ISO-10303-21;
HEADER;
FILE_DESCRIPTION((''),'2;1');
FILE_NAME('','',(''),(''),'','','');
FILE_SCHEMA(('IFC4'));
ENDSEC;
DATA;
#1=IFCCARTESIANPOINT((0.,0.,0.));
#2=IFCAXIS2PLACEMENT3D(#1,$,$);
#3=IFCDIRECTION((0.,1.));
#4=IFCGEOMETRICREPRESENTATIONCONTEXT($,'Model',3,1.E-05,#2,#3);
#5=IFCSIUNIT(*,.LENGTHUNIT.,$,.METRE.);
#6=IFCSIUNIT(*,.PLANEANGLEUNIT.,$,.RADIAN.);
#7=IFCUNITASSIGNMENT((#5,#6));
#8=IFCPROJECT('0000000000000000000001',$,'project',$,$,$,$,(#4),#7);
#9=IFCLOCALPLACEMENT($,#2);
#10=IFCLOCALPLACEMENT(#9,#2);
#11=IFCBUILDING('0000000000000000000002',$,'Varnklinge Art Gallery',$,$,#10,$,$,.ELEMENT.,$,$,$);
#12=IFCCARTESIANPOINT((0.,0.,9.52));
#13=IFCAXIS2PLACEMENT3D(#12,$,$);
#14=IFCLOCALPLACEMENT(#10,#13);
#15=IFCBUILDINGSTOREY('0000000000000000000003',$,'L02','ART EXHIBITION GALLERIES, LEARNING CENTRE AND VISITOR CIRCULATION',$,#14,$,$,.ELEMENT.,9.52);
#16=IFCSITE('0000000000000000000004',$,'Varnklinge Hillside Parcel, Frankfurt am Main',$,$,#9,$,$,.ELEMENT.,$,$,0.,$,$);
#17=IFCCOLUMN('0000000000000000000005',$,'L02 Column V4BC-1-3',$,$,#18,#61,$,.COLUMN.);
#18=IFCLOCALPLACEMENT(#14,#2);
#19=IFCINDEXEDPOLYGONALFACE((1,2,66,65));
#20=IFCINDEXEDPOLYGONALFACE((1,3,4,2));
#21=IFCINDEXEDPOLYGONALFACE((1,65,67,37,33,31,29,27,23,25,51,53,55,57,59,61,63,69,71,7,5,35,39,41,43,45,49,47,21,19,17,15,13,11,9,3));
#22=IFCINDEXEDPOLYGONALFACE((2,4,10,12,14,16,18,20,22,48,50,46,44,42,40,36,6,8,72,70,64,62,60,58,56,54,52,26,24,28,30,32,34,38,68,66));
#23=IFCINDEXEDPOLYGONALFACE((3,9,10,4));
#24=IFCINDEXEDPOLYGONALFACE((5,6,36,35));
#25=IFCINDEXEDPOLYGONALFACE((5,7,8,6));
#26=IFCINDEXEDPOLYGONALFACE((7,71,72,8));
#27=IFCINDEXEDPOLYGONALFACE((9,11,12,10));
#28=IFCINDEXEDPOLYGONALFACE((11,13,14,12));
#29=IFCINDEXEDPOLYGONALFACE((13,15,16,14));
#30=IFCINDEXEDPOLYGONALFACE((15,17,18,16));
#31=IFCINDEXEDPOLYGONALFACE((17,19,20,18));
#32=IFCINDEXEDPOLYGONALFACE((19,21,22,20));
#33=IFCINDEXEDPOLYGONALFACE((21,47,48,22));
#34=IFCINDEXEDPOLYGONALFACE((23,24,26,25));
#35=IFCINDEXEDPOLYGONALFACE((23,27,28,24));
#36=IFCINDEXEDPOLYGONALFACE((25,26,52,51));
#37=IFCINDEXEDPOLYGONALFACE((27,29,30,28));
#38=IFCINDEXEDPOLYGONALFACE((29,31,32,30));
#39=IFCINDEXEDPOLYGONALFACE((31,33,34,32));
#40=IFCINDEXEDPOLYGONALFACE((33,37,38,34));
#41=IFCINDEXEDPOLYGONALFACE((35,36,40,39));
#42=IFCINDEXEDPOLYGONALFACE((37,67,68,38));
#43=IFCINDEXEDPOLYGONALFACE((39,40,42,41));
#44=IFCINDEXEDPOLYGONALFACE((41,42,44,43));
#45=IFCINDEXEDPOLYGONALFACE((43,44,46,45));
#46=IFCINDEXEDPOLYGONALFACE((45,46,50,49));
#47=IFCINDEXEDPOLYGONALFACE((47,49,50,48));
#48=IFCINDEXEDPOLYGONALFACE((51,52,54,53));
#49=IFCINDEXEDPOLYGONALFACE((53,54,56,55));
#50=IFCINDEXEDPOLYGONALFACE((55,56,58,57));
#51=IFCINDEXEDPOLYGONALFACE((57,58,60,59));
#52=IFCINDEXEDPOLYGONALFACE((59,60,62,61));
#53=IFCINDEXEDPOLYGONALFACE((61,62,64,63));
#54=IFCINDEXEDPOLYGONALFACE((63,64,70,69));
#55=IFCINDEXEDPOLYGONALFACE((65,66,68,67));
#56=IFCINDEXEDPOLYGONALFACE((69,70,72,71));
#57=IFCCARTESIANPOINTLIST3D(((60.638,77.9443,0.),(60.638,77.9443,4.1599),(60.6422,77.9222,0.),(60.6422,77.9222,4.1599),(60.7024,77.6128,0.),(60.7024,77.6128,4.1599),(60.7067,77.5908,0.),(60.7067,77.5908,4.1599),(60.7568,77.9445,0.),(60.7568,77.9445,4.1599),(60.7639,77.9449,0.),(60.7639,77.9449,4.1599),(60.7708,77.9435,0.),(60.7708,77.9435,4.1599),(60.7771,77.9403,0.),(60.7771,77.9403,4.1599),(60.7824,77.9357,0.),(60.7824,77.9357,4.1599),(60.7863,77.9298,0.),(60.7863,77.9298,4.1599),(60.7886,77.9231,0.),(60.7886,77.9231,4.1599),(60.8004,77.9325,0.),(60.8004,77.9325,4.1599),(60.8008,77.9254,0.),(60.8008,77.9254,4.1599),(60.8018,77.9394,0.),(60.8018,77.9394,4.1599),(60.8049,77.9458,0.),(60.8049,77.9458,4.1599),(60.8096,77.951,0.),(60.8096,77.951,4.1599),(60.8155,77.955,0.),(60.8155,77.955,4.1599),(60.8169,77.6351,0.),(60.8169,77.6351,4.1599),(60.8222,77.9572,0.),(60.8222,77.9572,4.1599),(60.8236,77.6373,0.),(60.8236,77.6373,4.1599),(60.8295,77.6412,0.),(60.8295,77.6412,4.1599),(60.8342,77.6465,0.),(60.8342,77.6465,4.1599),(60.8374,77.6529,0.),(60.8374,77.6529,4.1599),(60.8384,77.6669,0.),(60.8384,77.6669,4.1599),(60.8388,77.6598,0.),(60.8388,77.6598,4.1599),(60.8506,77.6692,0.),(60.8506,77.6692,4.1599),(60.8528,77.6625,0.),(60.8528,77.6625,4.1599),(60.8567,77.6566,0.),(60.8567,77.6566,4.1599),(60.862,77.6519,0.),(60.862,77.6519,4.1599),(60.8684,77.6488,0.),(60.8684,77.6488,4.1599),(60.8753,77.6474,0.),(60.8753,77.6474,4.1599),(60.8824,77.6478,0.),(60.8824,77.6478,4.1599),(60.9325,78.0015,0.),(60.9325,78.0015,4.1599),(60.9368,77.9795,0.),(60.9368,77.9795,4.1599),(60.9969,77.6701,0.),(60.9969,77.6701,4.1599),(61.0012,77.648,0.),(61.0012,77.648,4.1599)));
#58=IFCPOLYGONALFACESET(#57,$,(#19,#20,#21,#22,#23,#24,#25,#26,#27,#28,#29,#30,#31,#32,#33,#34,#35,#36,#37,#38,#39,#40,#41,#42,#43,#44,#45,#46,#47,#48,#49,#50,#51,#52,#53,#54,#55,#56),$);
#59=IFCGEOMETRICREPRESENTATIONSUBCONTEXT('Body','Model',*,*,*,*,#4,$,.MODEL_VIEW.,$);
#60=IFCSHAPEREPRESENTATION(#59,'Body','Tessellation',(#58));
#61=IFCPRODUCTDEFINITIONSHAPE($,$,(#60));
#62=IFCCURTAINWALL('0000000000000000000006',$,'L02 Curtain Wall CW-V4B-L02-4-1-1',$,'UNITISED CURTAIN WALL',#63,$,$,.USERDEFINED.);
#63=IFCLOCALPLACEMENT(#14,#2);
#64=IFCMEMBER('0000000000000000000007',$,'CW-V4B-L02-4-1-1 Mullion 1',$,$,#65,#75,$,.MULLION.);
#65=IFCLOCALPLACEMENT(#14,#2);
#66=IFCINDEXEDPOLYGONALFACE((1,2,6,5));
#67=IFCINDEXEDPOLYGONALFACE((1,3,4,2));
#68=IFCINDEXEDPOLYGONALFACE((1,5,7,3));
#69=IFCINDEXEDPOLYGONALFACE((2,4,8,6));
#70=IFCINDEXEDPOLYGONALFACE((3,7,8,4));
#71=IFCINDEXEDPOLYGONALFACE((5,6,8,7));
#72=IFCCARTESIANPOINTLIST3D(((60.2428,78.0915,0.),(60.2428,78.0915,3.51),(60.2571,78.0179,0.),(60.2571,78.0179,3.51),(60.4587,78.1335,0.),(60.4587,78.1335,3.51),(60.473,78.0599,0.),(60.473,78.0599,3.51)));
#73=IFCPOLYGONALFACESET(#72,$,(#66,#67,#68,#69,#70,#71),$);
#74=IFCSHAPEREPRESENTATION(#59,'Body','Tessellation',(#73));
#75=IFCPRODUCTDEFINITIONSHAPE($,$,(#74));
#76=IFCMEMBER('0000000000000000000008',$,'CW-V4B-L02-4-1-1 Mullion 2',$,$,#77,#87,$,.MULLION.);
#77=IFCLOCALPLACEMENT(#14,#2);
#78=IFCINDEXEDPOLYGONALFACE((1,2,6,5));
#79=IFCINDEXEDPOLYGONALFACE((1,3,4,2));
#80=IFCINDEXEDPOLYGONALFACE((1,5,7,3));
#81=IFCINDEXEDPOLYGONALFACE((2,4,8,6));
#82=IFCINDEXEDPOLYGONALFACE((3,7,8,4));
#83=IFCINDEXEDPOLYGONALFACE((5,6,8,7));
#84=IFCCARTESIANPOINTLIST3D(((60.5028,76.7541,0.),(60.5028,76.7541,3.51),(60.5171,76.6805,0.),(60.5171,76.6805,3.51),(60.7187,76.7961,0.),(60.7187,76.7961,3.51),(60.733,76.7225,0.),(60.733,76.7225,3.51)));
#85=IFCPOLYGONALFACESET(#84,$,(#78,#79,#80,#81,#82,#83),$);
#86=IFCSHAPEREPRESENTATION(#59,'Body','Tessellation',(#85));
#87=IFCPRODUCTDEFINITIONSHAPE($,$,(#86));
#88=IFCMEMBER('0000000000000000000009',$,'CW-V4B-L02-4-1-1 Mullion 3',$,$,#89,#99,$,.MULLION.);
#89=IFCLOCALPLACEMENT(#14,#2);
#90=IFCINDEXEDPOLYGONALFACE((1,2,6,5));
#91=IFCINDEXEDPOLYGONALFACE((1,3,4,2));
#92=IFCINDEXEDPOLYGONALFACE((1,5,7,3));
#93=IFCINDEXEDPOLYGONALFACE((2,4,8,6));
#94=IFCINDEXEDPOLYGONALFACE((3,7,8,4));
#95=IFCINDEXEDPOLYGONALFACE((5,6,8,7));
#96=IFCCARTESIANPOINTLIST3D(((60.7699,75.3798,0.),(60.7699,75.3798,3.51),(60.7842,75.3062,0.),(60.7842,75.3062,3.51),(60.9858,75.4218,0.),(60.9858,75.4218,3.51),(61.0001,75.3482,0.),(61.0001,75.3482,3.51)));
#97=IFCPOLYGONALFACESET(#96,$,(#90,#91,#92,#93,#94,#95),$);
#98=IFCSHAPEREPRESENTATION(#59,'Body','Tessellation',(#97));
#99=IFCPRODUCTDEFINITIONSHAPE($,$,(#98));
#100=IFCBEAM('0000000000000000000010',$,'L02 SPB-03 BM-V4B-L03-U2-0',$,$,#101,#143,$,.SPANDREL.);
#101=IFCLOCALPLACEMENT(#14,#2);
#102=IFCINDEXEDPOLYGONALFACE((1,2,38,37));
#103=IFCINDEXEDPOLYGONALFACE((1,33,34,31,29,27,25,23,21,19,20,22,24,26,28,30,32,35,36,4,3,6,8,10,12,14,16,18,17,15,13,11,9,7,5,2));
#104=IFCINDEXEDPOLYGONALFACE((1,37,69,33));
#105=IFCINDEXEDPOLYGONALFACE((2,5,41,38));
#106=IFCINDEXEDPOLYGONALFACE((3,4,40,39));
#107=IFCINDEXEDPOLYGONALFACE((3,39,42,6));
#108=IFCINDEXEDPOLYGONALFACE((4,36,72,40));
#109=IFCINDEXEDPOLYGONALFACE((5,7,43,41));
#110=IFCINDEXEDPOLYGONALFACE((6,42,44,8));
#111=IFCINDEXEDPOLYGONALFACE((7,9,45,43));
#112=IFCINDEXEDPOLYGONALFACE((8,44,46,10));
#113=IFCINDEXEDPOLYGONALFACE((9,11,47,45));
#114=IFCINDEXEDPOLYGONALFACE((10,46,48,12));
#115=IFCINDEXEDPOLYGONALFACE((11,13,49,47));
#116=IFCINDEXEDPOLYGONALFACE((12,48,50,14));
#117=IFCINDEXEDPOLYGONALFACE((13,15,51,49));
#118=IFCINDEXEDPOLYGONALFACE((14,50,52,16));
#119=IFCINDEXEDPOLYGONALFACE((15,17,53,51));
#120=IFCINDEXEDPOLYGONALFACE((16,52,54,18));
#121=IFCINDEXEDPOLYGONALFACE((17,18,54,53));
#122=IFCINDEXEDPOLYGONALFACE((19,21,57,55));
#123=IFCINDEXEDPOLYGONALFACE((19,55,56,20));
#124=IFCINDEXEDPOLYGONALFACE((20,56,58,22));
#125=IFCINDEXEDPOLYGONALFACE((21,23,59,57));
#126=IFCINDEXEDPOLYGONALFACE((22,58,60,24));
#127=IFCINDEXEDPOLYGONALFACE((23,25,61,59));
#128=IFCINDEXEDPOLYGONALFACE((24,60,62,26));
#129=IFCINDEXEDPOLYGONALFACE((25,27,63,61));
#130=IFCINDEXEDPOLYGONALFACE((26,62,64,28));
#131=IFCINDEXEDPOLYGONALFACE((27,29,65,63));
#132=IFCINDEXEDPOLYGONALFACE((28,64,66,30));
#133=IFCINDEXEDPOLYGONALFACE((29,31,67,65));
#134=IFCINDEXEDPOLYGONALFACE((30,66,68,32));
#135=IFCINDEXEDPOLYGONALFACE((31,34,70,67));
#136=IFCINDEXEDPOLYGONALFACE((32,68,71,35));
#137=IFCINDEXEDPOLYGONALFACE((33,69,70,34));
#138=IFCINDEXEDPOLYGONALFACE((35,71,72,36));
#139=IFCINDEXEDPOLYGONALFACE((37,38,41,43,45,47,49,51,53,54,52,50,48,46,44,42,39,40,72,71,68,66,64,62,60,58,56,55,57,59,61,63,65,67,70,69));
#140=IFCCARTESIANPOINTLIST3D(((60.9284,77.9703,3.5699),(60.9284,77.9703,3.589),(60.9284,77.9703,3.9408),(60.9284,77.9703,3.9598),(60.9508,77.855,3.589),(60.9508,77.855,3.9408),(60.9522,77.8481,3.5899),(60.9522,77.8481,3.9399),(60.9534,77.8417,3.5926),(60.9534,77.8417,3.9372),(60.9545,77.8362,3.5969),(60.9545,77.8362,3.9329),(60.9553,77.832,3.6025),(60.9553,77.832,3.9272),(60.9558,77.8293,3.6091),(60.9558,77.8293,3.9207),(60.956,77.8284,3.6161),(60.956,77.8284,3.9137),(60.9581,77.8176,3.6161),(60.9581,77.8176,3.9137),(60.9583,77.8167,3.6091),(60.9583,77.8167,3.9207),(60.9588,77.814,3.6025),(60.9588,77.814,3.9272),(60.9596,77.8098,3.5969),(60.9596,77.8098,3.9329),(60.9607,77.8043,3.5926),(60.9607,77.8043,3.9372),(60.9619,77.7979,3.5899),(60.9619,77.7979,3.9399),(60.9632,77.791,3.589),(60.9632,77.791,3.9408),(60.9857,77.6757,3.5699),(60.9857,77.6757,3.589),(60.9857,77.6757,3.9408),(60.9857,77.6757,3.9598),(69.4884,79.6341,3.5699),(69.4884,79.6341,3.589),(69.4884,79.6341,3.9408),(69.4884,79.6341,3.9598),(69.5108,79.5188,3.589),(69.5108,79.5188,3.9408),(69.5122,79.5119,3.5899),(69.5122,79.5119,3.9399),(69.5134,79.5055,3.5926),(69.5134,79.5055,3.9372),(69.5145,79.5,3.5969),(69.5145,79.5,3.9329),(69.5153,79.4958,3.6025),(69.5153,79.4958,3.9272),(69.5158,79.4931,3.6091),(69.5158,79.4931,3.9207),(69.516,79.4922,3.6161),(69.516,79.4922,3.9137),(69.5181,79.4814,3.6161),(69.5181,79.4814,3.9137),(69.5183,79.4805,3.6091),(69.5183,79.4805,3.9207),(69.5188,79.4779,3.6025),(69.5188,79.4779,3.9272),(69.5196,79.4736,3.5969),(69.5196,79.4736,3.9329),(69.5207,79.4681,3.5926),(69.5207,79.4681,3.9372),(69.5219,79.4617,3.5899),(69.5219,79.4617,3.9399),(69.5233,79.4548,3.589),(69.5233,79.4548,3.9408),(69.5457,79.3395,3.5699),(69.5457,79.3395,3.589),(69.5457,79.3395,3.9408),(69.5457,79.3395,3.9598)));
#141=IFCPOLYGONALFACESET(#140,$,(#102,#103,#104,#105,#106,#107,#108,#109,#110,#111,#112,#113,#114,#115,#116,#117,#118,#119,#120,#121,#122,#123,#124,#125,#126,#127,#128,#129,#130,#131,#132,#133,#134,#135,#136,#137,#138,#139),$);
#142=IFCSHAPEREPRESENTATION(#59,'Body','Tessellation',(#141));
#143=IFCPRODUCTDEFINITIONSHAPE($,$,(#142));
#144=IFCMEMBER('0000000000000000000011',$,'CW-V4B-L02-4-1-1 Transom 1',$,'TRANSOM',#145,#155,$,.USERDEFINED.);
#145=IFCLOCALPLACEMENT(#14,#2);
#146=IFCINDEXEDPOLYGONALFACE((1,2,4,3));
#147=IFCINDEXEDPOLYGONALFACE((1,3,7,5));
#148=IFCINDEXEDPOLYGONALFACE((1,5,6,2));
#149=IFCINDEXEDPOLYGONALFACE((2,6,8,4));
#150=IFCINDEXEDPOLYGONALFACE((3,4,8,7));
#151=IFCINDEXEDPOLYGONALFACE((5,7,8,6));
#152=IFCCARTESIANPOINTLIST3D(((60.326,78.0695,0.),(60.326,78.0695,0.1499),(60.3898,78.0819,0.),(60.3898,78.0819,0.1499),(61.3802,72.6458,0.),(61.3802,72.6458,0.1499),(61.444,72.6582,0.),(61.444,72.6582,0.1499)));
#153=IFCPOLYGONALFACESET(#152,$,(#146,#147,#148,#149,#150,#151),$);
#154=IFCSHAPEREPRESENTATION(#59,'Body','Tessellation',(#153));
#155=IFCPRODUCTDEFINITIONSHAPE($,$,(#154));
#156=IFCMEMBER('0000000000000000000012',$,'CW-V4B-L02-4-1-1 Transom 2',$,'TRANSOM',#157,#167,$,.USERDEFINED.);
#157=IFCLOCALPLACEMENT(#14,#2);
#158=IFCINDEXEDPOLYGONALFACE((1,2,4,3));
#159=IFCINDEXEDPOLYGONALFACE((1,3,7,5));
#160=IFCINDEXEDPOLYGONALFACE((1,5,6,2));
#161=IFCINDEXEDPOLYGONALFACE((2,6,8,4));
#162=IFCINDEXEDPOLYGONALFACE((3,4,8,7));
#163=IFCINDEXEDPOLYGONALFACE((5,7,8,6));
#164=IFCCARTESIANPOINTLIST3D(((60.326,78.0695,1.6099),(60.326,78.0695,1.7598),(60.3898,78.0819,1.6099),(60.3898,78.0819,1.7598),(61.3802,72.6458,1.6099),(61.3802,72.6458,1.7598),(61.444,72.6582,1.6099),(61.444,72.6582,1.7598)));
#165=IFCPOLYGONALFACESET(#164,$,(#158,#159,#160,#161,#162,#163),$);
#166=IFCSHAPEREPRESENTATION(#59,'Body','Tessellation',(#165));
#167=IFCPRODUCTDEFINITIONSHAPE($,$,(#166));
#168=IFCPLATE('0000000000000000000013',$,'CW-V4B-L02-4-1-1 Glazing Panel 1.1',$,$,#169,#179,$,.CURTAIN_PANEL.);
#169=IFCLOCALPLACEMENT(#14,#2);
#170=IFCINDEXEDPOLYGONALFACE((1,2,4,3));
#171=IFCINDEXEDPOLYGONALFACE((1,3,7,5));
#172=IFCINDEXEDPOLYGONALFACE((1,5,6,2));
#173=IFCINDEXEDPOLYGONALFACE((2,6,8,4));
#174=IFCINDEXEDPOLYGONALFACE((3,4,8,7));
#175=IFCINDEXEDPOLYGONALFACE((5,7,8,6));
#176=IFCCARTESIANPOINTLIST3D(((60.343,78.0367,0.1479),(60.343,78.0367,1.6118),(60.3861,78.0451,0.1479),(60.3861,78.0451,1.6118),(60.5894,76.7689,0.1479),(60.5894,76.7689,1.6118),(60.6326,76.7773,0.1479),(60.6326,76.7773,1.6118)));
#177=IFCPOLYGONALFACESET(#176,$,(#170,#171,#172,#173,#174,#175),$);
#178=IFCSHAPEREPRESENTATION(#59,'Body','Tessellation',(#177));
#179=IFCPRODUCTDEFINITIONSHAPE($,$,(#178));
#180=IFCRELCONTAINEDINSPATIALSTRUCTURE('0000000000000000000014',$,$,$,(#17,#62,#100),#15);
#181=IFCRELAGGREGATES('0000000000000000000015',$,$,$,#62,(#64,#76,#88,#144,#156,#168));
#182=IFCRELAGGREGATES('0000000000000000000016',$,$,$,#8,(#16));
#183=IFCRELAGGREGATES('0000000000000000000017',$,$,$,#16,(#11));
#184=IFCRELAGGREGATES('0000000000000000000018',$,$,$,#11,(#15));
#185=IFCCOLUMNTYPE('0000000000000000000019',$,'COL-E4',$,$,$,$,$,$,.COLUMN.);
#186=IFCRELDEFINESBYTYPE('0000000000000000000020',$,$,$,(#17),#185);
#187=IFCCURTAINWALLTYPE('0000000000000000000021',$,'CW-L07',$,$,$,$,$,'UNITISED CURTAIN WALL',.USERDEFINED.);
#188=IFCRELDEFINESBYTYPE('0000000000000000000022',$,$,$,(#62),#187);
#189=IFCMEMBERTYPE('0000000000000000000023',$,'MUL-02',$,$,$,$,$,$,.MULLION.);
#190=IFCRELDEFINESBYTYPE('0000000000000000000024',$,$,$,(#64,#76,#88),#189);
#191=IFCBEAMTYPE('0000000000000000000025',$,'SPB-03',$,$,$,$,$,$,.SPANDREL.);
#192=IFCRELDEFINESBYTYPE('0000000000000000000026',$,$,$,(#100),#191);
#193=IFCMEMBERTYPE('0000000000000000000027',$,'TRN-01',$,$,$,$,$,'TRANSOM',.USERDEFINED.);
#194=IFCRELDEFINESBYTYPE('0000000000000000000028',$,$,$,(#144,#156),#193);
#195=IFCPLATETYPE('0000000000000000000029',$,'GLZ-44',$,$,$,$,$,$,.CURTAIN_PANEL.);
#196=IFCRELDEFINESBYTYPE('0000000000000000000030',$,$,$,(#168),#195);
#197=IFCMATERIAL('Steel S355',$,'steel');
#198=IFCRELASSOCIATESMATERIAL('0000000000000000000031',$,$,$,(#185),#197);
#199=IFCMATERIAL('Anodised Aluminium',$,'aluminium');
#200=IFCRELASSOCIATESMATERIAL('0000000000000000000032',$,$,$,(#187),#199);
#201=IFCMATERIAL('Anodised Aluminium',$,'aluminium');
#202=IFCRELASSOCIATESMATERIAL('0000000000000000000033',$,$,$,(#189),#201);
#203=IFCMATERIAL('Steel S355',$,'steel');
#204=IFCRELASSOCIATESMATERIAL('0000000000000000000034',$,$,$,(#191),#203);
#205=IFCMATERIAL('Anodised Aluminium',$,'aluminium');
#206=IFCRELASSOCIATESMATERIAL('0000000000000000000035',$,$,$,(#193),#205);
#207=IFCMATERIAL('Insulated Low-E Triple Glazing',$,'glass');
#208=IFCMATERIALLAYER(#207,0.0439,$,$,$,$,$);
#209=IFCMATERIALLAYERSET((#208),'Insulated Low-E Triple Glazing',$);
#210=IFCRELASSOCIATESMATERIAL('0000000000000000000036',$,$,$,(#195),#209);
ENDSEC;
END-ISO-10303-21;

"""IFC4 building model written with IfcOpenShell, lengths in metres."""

from ifc_helpers import new_model, si_unit, direction, frame, origin, origin_2d, place, context, subcontext, project, spatial, rectangle, i_section, extrude, material, layer, layer_set, material_profile, profile_set, type_object, element, aggregate, save


model = new_model("IFC4")

# Units and contexts
model_context = context("Model", 3, precision=1e-05, world=origin(), true_north=direction((0.0, 1.0)))
body_context = subcontext(model_context, "Body", "Model", "MODEL_VIEW")
ifc_project = project(units=[si_unit("LENGTHUNIT", "METRE"), si_unit("PLANEANGLEUNIT", "RADIAN")], contexts=[model_context])

# Site, building, storey
site_placement = place(None, origin())
site = spatial("IfcSite", under=ifc_project, at=site_placement, Name="Varnklinge Hillside Parcel, Frankfurt am Main", CompositionType="ELEMENT", RefElevation=0.0)
building_placement = place(site_placement, origin())
building = spatial("IfcBuilding", under=site, at=building_placement, Name="Varnklinge Art Gallery", CompositionType="ELEMENT")
storey_placement = place(building_placement, frame((0.0, 0.0, 9.52)))
storey = spatial("IfcBuildingStorey", under=building, at=storey_placement, Name="L02", Description="ART EXHIBITION GALLERIES, LEARNING CENTRE AND VISITOR CIRCULATION", CompositionType="ELEMENT", Elevation=9.52)

# Column
ifc_material_1 = material(Name="Steel S355", Category="steel")
ifc_material_profile_1 = material_profile(ifc_material_1, i_section(OverallWidth=0.3, OverallDepth=0.3601, WebThickness=0.0125, FlangeThickness=0.0225, FilletRadius=0.0271, at=origin_2d()), Name="HEB 360")
ifc_profile_set_1 = profile_set([ifc_material_profile_1], Name="Steel S355")
column_type = type_object("IfcColumnType", Name="COL-E4", PredefinedType="COLUMN", material=ifc_profile_set_1)
column_placement = place(storey_placement, frame((60.8196, 77.7961, 0.0), z_axis=(0.0, 0.0, 1.0), x_axis=(0.981627, 0.190809, 0.0)))
element("IfcColumn", 1, at=column_placement, inside=storey, type_object=column_type, Name="L02 Column V4BC-1-3", PredefinedType="COLUMN", context=body_context, shape_type="SweptSolid", body=[
    extrude(i_section(OverallWidth=0.3, OverallDepth=0.3601, WebThickness=0.0125, FlangeThickness=0.0225, FilletRadius=0.0271, at=origin_2d()), origin(), (0.0, 0.0, 1.0), 4.1599),
])

# Curtain wall, members
ifc_material_2 = material(Name="Anodised Aluminium", Category="aluminium")
curtain_wall_type = type_object("IfcCurtainWallType", Name="CW-L07", ElementType="UNITISED CURTAIN WALL", PredefinedType="USERDEFINED", material=ifc_material_2)
curtain_wall_placement = place(storey_placement, origin())
curtain_wall = element("IfcCurtainWall", 2, at=curtain_wall_placement, inside=storey, type_object=curtain_wall_type, Name="L02 Curtain Wall CW-V4B-L02-4-1-1", ObjectType="UNITISED CURTAIN WALL", PredefinedType="USERDEFINED")
ifc_material_3 = material(Name="Anodised Aluminium", Category="aluminium")
ifc_material_profile_2 = material_profile(ifc_material_3, rectangle(XDim=0.075, YDim=0.22, at=origin_2d()), Name="ALU 75x220")
ifc_profile_set_2 = profile_set([ifc_material_profile_2], Name="Anodised Aluminium")
member_type_1 = type_object("IfcMemberType", Name="MUL-02", PredefinedType="MULLION", material=ifc_profile_set_2)
member_1_placement = place(storey_placement, frame((60.3579, 78.0757, 0.0), z_axis=(0.0, 0.0, 1.0), x_axis=(0.190809, -0.981627, 0.0)))
member_1 = element("IfcMember", 3, at=member_1_placement, type_object=member_type_1, Name="CW-V4B-L02-4-1-1 Mullion 1", PredefinedType="MULLION", context=body_context, shape_type="SweptSolid", body=[
    extrude(rectangle(XDim=0.075, YDim=0.22, at=origin_2d()), origin(), (0.0, 0.0, 1.0), 3.51),
])
member_2_placement = place(storey_placement, frame((60.6179, 76.7383, 0.0), z_axis=(0.0, 0.0, 1.0), x_axis=(0.190809, -0.981627, 0.0)))
member_2 = element("IfcMember", 4, at=member_2_placement, type_object=member_type_1, Name="CW-V4B-L02-4-1-1 Mullion 2", PredefinedType="MULLION", context=body_context, shape_type="SweptSolid", body=[
    extrude(rectangle(XDim=0.075, YDim=0.22, at=origin_2d()), origin(), (0.0, 0.0, 1.0), 3.51),
])
member_3_placement = place(storey_placement, frame((60.885, 75.364, 0.0), z_axis=(0.0, 0.0, 1.0), x_axis=(0.190809, -0.981627, 0.0)))
member_3 = element("IfcMember", 5, at=member_3_placement, type_object=member_type_1, Name="CW-V4B-L02-4-1-1 Mullion 3", PredefinedType="MULLION", context=body_context, shape_type="SweptSolid", body=[
    extrude(rectangle(XDim=0.075, YDim=0.22, at=origin_2d()), origin(), (0.0, 0.0, 1.0), 3.51),
])

# Beam
ifc_material_4 = material(Name="Steel S355", Category="steel")
ifc_material_profile_3 = material_profile(ifc_material_4, i_section(OverallWidth=0.3, OverallDepth=0.3899, WebThickness=0.011, FlangeThickness=0.019, FilletRadius=0.0271, at=origin_2d()), Name="HEA 400")
ifc_profile_set_3 = profile_set([ifc_material_profile_3], Name="Steel S355")
beam_type = type_object("IfcBeamType", Name="SPB-03", PredefinedType="SPANDREL", material=ifc_profile_set_3)
beam_placement = place(storey_placement, frame((60.957, 77.823, 3.7649), z_axis=(0.981629, 0.190799, 0.0), x_axis=(-0.190799, 0.981629, 0.0)))
element("IfcBeam", 6, at=beam_placement, inside=storey, type_object=beam_type, Name="L02 SPB-03 BM-V4B-L03-U2-0", PredefinedType="SPANDREL", context=body_context, shape_type="SweptSolid", body=[
    extrude(i_section(OverallWidth=0.3, OverallDepth=0.3899, WebThickness=0.011, FlangeThickness=0.019, FilletRadius=0.0271, at=origin_2d()), origin(), (0.0, 0.0, 1.0), 8.7202),
])

# Members
ifc_material_5 = material(Name="Anodised Aluminium", Category="aluminium")
ifc_material_profile_4 = material_profile(ifc_material_5, rectangle(XDim=0.0649, YDim=0.1499, at=origin_2d()), Name="ALU 65x150")
ifc_profile_set_4 = profile_set([ifc_material_profile_4], Name="Anodised Aluminium")
member_type_2 = type_object("IfcMemberType", Name="TRN-01", ElementType="TRANSOM", PredefinedType="USERDEFINED", material=ifc_profile_set_4)
member_4_placement = place(storey_placement, frame((60.3579, 78.0757, 0.075), z_axis=(0.190802, -0.981628, 0.0), x_axis=(0.981628, 0.190802, 0.0)))
member_4 = element("IfcMember", 7, at=member_4_placement, type_object=member_type_2, Name="CW-V4B-L02-4-1-1 Transom 1", ObjectType="TRANSOM", PredefinedType="USERDEFINED", context=body_context, shape_type="SweptSolid", body=[
    extrude(rectangle(XDim=0.0649, YDim=0.1499, at=origin_2d()), origin(), (0.0, 0.0, 1.0), 5.5251),
])
member_5_placement = place(storey_placement, frame((60.3579, 78.0757, 1.6848), z_axis=(0.190802, -0.981628, 0.0), x_axis=(0.981628, 0.190802, 0.0)))
member_5 = element("IfcMember", 8, at=member_5_placement, type_object=member_type_2, Name="CW-V4B-L02-4-1-1 Transom 2", ObjectType="TRANSOM", PredefinedType="USERDEFINED", context=body_context, shape_type="SweptSolid", body=[
    extrude(rectangle(XDim=0.0649, YDim=0.1499, at=origin_2d()), origin(), (0.0, 0.0, 1.0), 5.5251),
])

# Plate
ifc_material_6 = material(Name="Insulated Low-E Triple Glazing", Category="glass")
ifc_layer_1 = layer(ifc_material_6, 0.0439)
ifc_layer_set_1 = layer_set([ifc_layer_1], Name="Insulated Low-E Triple Glazing")
plate_type = type_object("IfcPlateType", Name="GLZ-44", PredefinedType="CURTAIN_PANEL", material=ifc_layer_set_1)
plate_1_placement = place(storey_placement, frame((60.4878, 77.407, 0.1479), z_axis=(0.0, 0.0, 1.0), x_axis=(0.190809, -0.981627, 0.0)))
plate_1 = element("IfcPlate", 9, at=plate_1_placement, type_object=plate_type, Name="CW-V4B-L02-4-1-1 Glazing Panel 1.1", PredefinedType="CURTAIN_PANEL", context=body_context, shape_type="SweptSolid", body=[
    extrude(rectangle(XDim=1.2915, YDim=0.0439, at=origin_2d()), origin(), (0.0, 0.0, 1.0), 1.4639),
])
aggregate(curtain_wall, [member_1, member_2, member_3, member_4, member_5, plate_1])

save(model, "model.ifc")
